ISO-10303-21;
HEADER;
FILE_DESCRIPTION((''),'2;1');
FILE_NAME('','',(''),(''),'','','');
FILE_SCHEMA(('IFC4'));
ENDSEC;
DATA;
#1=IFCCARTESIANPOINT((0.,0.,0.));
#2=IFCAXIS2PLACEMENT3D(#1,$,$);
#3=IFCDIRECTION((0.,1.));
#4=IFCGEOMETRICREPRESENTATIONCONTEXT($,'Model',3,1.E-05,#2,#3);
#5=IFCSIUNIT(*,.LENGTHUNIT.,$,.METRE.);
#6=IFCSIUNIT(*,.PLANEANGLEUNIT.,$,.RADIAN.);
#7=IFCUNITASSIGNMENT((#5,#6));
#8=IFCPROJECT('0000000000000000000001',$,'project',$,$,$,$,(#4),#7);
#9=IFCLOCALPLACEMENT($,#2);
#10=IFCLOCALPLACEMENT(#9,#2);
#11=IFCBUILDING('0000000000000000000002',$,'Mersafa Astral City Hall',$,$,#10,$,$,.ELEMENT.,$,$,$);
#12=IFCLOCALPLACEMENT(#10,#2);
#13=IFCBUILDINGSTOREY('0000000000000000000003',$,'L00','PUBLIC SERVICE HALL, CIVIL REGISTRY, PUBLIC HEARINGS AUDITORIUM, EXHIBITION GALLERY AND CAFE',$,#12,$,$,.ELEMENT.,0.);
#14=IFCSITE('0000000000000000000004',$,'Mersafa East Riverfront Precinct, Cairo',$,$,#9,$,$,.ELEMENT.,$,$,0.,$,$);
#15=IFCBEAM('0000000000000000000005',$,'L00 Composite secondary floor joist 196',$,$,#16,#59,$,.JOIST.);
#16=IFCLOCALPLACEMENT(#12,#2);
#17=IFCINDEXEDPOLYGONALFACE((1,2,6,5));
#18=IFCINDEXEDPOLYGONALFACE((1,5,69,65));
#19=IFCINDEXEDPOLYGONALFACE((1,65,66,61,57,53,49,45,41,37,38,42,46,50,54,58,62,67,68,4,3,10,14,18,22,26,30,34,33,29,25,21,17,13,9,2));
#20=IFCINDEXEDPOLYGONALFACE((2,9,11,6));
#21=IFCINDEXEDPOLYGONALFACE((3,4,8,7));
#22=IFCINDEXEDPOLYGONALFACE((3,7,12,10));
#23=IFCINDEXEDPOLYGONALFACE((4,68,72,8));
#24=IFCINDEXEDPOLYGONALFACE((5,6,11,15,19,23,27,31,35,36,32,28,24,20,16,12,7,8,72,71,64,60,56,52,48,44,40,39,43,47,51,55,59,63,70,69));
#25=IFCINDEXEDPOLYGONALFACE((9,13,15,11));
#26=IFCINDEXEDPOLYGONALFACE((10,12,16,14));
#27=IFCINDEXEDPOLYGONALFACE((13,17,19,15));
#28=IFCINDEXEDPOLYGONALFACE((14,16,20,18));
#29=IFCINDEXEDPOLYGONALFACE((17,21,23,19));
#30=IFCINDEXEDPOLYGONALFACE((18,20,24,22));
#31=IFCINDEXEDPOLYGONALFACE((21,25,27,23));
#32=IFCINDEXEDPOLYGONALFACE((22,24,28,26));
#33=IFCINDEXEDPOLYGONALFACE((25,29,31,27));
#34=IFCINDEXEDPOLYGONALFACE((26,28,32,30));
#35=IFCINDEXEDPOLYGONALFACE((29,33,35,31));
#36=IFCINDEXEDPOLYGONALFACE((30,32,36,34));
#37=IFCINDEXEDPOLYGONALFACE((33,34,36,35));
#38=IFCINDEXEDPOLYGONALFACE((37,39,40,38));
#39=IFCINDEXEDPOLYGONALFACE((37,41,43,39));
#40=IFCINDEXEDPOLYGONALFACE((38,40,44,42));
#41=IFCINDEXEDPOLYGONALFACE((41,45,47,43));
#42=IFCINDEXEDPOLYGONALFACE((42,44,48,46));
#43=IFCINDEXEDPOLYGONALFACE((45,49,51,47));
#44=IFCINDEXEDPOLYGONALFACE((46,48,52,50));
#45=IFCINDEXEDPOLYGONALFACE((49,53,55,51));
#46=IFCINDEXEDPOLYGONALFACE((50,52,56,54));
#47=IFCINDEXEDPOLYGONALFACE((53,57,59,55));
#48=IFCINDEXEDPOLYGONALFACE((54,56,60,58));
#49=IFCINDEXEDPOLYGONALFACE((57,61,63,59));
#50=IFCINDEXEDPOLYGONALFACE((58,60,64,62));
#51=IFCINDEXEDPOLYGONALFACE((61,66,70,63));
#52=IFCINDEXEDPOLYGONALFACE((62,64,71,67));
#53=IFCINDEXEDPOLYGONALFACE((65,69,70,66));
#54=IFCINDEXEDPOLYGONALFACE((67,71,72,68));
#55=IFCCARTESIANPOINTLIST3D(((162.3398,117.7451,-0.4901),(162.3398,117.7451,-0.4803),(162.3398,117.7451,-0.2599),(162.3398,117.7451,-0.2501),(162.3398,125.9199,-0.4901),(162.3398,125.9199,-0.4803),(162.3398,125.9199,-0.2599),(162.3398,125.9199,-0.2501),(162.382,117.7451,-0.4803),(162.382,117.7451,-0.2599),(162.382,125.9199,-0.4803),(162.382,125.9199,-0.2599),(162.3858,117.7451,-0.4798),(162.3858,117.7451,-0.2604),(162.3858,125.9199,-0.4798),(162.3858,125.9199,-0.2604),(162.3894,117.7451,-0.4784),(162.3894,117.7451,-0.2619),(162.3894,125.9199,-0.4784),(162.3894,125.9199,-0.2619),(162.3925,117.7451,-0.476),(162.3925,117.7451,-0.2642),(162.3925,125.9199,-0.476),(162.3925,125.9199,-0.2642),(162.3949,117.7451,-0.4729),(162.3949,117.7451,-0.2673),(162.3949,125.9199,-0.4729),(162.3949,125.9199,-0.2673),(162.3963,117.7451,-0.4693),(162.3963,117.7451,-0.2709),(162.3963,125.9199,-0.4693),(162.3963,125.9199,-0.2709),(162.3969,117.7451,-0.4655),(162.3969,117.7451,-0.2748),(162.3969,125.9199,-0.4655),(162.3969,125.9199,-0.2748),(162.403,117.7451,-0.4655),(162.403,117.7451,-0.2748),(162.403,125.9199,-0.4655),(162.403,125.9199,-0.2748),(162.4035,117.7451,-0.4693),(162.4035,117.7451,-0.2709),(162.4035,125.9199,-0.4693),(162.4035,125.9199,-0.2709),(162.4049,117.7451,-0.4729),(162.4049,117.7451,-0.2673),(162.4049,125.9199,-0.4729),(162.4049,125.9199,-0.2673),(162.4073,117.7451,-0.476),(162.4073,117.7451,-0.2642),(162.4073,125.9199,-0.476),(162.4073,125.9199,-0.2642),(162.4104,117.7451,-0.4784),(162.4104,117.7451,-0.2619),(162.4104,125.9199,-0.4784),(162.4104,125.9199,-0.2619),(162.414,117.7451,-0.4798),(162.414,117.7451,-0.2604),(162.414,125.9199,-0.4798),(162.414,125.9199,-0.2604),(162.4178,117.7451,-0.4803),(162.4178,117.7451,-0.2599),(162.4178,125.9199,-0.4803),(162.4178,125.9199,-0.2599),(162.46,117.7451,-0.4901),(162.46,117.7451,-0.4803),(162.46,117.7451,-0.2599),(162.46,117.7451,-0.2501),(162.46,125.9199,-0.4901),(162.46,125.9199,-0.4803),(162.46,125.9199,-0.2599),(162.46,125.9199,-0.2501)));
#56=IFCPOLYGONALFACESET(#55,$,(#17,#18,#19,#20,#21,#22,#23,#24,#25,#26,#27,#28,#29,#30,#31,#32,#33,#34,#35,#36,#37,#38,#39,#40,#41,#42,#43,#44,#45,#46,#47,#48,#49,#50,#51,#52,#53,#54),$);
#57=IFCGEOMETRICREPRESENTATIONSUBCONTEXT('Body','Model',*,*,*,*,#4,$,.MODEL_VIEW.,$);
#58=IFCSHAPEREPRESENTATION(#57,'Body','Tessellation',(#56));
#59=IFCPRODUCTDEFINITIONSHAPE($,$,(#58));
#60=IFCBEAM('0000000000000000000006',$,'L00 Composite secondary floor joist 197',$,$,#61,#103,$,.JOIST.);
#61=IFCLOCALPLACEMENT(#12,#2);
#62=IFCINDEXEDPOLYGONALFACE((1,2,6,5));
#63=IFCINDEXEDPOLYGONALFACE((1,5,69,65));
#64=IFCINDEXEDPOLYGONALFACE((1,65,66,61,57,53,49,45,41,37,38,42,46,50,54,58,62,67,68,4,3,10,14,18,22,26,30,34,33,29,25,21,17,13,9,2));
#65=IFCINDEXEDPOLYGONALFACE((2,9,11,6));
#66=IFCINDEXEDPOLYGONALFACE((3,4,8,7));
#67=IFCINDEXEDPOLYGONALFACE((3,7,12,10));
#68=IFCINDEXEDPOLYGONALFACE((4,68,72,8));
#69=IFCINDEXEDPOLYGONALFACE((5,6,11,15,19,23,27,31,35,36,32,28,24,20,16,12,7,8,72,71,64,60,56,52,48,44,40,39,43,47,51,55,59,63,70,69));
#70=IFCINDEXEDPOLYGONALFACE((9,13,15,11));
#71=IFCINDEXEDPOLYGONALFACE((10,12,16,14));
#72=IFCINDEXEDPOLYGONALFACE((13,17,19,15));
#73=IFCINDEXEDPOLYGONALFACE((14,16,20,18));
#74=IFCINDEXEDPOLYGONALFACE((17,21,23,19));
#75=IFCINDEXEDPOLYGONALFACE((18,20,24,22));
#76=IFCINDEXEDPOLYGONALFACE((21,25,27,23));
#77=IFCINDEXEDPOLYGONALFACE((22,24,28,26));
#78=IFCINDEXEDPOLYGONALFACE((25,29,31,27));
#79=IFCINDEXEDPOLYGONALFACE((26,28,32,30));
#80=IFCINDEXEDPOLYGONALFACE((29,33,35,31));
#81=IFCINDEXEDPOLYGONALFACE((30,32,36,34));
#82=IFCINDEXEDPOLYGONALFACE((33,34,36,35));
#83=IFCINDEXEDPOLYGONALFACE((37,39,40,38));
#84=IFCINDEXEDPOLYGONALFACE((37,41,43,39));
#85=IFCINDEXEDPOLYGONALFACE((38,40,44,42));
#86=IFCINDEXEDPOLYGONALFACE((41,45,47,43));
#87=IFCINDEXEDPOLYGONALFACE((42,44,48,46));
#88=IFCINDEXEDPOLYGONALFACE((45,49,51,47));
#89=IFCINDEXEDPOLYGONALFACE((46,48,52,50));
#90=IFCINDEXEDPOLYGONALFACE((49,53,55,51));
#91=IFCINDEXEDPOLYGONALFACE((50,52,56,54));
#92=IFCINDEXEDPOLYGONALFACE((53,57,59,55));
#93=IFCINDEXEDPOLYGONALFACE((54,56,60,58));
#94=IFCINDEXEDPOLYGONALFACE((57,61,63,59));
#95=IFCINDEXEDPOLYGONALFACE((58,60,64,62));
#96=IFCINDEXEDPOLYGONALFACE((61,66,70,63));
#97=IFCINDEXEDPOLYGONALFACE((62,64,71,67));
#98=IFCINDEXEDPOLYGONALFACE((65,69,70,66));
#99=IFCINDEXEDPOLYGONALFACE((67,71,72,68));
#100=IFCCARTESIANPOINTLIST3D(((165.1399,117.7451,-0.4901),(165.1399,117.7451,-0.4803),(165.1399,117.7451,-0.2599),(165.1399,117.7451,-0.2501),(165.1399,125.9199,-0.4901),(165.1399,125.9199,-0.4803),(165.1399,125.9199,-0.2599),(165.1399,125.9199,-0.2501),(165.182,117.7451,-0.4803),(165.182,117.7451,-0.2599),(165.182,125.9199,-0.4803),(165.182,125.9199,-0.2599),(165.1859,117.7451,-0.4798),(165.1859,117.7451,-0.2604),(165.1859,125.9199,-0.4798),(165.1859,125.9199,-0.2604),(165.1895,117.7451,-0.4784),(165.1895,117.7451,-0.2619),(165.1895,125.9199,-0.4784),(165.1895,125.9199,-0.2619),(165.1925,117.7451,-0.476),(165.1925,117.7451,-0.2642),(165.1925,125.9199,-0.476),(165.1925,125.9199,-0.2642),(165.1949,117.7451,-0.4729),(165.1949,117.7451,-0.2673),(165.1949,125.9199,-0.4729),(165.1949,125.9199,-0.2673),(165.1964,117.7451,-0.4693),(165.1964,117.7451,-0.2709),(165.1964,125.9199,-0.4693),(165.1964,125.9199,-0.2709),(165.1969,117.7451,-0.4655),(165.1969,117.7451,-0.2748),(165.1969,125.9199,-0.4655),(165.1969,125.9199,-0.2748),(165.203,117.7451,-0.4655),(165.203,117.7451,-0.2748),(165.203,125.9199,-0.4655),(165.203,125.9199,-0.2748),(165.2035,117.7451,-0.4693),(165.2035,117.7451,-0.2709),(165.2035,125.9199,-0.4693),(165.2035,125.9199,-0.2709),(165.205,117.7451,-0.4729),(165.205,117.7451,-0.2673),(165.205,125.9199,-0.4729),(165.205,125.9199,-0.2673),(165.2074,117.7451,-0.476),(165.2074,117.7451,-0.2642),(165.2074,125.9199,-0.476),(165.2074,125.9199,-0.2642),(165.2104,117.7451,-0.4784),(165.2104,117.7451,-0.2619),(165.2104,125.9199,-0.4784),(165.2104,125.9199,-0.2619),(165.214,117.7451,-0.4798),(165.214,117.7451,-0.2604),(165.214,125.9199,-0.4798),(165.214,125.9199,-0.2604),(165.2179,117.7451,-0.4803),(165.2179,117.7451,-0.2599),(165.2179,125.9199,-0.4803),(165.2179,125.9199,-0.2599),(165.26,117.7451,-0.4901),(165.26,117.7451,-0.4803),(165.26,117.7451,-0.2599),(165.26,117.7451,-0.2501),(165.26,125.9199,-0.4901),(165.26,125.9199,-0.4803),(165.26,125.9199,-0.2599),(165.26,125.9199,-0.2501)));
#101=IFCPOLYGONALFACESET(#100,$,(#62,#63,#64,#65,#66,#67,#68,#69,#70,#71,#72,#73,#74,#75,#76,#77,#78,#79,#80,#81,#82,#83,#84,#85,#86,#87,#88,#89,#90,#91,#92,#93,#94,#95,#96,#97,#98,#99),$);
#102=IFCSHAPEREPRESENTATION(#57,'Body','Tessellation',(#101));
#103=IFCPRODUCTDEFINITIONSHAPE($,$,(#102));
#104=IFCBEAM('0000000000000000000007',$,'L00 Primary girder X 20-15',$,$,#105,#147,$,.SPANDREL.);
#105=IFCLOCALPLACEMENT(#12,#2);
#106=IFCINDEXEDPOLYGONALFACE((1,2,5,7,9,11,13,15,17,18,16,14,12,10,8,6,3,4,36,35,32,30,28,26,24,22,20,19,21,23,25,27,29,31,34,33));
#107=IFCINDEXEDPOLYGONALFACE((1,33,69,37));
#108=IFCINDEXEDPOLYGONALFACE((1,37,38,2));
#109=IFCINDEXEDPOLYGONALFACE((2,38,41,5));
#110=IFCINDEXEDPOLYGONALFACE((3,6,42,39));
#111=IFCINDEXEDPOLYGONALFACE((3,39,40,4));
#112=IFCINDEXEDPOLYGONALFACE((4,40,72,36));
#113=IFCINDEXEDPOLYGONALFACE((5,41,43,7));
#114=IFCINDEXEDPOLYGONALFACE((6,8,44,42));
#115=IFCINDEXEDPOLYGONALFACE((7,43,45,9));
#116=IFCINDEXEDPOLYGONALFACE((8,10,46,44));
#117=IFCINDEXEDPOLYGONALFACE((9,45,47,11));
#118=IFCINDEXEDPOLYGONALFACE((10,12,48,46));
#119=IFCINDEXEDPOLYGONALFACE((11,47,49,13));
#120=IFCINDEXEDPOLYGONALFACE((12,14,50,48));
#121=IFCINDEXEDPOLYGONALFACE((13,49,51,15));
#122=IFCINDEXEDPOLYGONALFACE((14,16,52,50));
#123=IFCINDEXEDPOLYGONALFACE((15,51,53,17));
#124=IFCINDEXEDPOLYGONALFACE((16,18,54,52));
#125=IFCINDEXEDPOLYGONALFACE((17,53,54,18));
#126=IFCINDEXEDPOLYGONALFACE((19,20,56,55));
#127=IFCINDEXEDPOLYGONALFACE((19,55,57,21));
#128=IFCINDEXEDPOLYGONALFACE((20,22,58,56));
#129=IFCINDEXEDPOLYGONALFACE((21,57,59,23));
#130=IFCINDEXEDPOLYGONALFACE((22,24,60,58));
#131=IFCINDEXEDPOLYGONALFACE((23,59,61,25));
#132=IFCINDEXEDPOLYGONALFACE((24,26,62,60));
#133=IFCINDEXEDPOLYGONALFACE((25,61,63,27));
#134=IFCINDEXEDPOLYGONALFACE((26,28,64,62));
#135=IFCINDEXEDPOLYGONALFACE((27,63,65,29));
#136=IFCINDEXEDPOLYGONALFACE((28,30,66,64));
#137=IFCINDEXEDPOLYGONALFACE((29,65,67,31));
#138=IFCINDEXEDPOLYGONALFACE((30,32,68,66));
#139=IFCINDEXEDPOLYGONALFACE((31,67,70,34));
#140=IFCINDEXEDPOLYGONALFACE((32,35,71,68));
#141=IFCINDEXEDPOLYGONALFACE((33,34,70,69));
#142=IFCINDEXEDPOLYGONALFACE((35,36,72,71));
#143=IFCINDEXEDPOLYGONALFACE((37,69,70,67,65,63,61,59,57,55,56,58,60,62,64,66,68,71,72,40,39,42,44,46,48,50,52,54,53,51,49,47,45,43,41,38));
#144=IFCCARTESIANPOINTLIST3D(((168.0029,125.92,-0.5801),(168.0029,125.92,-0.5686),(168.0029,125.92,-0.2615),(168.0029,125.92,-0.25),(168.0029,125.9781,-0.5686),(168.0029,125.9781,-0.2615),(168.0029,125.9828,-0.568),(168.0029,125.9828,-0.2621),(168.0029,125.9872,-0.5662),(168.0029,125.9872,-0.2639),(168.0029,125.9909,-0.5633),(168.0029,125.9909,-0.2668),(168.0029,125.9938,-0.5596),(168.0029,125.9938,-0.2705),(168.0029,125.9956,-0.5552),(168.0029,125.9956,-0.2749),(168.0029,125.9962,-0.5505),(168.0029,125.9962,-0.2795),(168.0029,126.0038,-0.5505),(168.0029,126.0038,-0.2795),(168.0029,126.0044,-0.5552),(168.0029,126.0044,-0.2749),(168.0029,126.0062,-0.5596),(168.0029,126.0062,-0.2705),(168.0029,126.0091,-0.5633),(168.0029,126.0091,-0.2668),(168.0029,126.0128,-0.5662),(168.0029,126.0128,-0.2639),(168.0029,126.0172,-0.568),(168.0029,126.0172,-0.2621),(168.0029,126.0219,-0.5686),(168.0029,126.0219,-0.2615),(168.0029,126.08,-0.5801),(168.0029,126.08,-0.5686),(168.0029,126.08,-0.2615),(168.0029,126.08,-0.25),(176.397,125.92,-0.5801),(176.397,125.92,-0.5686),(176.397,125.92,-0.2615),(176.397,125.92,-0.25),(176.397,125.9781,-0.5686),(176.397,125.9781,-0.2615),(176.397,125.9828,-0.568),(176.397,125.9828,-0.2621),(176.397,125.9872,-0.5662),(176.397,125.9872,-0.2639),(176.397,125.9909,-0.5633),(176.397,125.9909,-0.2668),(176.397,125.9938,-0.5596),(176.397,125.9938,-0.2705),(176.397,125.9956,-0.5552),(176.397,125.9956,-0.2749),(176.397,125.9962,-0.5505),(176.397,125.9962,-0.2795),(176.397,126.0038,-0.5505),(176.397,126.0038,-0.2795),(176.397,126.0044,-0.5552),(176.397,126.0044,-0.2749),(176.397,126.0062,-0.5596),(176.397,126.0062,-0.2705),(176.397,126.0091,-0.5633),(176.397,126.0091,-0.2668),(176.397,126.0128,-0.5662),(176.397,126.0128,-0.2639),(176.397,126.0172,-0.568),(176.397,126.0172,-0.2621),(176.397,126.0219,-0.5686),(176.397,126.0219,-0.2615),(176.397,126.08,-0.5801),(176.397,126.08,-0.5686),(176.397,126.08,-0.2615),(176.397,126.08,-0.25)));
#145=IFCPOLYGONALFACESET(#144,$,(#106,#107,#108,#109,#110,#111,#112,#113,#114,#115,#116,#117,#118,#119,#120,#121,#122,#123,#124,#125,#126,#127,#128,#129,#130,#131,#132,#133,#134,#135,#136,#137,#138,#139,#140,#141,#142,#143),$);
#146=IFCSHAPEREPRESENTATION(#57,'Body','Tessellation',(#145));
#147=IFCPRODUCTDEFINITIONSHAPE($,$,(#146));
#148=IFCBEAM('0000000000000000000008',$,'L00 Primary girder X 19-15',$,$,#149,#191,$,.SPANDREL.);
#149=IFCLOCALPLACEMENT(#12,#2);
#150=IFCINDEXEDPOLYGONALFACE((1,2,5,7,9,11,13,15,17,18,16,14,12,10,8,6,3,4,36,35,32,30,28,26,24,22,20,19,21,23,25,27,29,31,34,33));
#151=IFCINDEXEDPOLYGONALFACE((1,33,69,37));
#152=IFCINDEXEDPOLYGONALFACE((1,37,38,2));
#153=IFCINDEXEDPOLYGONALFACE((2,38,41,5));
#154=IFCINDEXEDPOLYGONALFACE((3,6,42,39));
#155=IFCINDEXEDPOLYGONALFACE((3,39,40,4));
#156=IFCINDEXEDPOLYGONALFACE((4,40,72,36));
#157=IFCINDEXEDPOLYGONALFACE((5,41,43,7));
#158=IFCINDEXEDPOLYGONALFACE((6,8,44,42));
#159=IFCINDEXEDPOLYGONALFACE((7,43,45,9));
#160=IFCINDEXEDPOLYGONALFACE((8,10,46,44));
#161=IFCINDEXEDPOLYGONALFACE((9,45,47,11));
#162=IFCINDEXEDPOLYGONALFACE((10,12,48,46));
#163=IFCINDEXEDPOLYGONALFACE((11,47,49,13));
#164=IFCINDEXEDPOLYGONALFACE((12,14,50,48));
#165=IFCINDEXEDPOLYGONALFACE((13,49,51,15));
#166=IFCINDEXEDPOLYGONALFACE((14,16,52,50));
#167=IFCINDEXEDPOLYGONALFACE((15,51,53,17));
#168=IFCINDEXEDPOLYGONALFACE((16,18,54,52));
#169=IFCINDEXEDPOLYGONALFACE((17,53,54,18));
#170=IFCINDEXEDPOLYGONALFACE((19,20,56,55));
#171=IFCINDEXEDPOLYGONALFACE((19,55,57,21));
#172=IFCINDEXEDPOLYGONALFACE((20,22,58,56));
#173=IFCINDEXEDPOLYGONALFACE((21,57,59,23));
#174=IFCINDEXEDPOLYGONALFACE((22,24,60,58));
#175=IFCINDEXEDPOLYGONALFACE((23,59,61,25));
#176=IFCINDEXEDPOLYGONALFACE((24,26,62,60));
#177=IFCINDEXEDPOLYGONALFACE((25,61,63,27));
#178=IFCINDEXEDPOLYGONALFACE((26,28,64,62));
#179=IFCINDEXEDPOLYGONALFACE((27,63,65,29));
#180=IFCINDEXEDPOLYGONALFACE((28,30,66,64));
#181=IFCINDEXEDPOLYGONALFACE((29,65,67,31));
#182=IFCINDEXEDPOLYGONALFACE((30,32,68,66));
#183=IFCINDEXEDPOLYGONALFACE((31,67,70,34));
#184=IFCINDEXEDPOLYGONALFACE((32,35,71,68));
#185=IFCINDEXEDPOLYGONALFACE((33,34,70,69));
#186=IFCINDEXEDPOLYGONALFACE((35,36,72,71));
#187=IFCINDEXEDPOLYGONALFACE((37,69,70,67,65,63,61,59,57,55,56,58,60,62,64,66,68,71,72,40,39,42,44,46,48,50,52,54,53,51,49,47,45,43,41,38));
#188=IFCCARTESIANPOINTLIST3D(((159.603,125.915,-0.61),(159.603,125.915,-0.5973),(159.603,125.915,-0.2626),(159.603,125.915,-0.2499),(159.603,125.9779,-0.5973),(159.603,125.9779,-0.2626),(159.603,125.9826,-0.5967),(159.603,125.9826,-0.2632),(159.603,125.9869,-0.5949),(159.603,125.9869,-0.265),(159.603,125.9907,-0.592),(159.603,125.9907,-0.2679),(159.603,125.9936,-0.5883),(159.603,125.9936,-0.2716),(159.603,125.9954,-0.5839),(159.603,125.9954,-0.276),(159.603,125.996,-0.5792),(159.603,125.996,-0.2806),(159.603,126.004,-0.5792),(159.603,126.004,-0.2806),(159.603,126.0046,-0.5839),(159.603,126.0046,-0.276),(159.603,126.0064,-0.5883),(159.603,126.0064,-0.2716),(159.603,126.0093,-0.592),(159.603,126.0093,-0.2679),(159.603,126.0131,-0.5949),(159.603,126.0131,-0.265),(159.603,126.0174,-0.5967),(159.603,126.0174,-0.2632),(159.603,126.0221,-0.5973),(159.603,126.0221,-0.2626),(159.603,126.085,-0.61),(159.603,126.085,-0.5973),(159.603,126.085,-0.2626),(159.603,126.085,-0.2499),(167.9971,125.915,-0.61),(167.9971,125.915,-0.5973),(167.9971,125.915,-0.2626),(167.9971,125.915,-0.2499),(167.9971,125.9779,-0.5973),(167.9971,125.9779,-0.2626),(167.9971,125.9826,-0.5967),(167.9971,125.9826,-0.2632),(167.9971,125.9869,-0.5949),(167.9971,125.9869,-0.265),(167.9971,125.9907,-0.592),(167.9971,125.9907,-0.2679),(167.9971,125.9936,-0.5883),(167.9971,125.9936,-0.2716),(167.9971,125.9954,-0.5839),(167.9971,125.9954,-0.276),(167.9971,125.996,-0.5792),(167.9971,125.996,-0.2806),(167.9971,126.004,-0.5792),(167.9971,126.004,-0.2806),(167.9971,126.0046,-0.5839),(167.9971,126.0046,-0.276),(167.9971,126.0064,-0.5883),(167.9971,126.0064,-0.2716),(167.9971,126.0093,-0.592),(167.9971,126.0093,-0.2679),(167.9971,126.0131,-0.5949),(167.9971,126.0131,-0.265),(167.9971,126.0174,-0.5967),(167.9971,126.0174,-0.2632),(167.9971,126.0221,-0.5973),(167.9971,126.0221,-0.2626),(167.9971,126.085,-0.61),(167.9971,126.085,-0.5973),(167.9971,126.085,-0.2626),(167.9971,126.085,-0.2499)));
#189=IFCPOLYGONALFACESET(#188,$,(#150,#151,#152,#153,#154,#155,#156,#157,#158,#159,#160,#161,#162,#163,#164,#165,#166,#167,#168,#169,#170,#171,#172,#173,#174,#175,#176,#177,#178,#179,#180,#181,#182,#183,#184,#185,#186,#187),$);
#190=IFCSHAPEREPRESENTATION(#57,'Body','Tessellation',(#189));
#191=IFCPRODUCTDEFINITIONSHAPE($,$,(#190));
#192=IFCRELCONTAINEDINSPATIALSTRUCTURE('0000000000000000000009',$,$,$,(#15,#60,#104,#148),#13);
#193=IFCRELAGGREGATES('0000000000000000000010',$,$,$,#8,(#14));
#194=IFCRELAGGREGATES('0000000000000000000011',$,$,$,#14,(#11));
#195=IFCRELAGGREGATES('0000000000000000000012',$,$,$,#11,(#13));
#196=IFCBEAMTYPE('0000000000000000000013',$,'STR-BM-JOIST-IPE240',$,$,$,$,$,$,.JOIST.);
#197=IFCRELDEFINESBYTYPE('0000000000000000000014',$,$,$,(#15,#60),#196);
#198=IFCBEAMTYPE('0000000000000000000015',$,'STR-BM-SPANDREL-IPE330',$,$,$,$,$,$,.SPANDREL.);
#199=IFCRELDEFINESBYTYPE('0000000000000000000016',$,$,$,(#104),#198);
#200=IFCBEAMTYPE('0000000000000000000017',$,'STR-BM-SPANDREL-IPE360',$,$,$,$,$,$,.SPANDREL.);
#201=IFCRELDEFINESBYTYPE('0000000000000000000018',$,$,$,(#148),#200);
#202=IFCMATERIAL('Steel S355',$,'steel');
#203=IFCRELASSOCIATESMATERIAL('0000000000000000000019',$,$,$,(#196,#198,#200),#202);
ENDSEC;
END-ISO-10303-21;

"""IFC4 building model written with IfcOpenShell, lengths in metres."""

from ifc_helpers import new_model, si_unit, direction, frame, origin, origin_2d, place, context, subcontext, project, spatial, i_section, extrude, material, material_profile, profile_set, type_object, element, save


model = new_model("IFC4")

# Units and contexts
model_context = context("Model", 3, precision=1e-05, world=origin(), true_north=direction((0.0, 1.0)))
body_context = subcontext(model_context, "Body", "Model", "MODEL_VIEW")
ifc_project = project(units=[si_unit("LENGTHUNIT", "METRE"), si_unit("PLANEANGLEUNIT", "RADIAN")], contexts=[model_context])

# Site, building, storey
site_placement = place(None, origin())
site = spatial("IfcSite", under=ifc_project, at=site_placement, Name="Mersafa East Riverfront Precinct, Cairo", CompositionType="ELEMENT", RefElevation=0.0)
building_placement = place(site_placement, origin())
building = spatial("IfcBuilding", under=site, at=building_placement, Name="Mersafa Astral City Hall", CompositionType="ELEMENT")
storey_placement = place(building_placement, origin())
storey = spatial("IfcBuildingStorey", under=building, at=storey_placement, Name="L00", Description="PUBLIC SERVICE HALL, CIVIL REGISTRY, PUBLIC HEARINGS AUDITORIUM, EXHIBITION GALLERY AND CAFE", CompositionType="ELEMENT", Elevation=0.0)

# Shared definitions
ifc_material_1 = material(Name="Steel S355", Category="steel")

# Beams
ifc_material_profile_1 = material_profile(ifc_material_1, i_section(OverallWidth=0.1201, OverallDepth=0.24, WebThickness=0.0061, FlangeThickness=0.0098, FilletRadius=0.0149, at=origin_2d()), Name="IPE 240")
ifc_profile_set_1 = profile_set([ifc_material_profile_1], Name="Steel S355")
beam_type_1 = type_object("IfcBeamType", Name="STR-BM-JOIST-IPE240", PredefinedType="JOIST", material=ifc_profile_set_1)
for number, where, z_axis, x_axis, name in (
    (1, (162.3999, 117.7451, -0.3701), (0.0, 1.0, 0.0), (-1.0, 0.0, 0.0), "L00 Composite secondary floor joist 196"),
    (2, (165.2, 117.7451, -0.3701), (0.0, 1.0, 0.0), (-1.0, 0.0, 0.0), "L00 Composite secondary floor joist 197"),
):
    element("IfcBeam", number, at=place(storey_placement, frame(where, z_axis=z_axis, x_axis=x_axis)), inside=storey, type_object=beam_type_1, Name=name, PredefinedType="JOIST", context=body_context, shape_type="SweptSolid", body=[
        extrude(i_section(OverallWidth=0.1201, OverallDepth=0.24, WebThickness=0.0061, FlangeThickness=0.0098, FilletRadius=0.0149, at=origin_2d()), origin(), (0.0, 0.0, 1.0), 8.1748),
    ])
ifc_material_profile_2 = material_profile(ifc_material_1, i_section(OverallWidth=0.1599, OverallDepth=0.3301, WebThickness=0.0076, FlangeThickness=0.0115, FilletRadius=0.0181, at=origin_2d()), Name="IPE 330")
ifc_profile_set_2 = profile_set([ifc_material_profile_2], Name="Steel S355")
beam_type_2 = type_object("IfcBeamType", Name="STR-BM-SPANDREL-IPE330", PredefinedType="SPANDREL", material=ifc_profile_set_2)
beam_1_placement = place(storey_placement, frame((168.0029, 126.0, -0.415), z_axis=(1.0, 0.0, 0.0), x_axis=(0.0, 1.0, 0.0)))
element("IfcBeam", 3, at=beam_1_placement, inside=storey, type_object=beam_type_2, Name="L00 Primary girder X 20-15", PredefinedType="SPANDREL", context=body_context, shape_type="SweptSolid", body=[
    extrude(i_section(OverallWidth=0.1599, OverallDepth=0.3301, WebThickness=0.0076, FlangeThickness=0.0115, FilletRadius=0.0181, at=origin_2d()), origin(), (0.0, 0.0, 1.0), 8.394),
])
ifc_material_profile_3 = material_profile(ifc_material_1, i_section(OverallWidth=0.1699, OverallDepth=0.3601, WebThickness=0.0081, FlangeThickness=0.0127, FilletRadius=0.0181, at=origin_2d()), Name="IPE 360")
ifc_profile_set_3 = profile_set([ifc_material_profile_3], Name="Steel S355")
beam_type_3 = type_object("IfcBeamType", Name="STR-BM-SPANDREL-IPE360", PredefinedType="SPANDREL", material=ifc_profile_set_3)
beam_2_placement = place(storey_placement, frame((159.603, 126.0, -0.4299), z_axis=(1.0, 0.0, 0.0), x_axis=(0.0, 1.0, 0.0)))
element("IfcBeam", 4, at=beam_2_placement, inside=storey, type_object=beam_type_3, Name="L00 Primary girder X 19-15", PredefinedType="SPANDREL", context=body_context, shape_type="SweptSolid", body=[
    extrude(i_section(OverallWidth=0.1699, OverallDepth=0.3601, WebThickness=0.0081, FlangeThickness=0.0127, FilletRadius=0.0181, at=origin_2d()), origin(), (0.0, 0.0, 1.0), 8.394),
])

save(model, "model.ifc")
